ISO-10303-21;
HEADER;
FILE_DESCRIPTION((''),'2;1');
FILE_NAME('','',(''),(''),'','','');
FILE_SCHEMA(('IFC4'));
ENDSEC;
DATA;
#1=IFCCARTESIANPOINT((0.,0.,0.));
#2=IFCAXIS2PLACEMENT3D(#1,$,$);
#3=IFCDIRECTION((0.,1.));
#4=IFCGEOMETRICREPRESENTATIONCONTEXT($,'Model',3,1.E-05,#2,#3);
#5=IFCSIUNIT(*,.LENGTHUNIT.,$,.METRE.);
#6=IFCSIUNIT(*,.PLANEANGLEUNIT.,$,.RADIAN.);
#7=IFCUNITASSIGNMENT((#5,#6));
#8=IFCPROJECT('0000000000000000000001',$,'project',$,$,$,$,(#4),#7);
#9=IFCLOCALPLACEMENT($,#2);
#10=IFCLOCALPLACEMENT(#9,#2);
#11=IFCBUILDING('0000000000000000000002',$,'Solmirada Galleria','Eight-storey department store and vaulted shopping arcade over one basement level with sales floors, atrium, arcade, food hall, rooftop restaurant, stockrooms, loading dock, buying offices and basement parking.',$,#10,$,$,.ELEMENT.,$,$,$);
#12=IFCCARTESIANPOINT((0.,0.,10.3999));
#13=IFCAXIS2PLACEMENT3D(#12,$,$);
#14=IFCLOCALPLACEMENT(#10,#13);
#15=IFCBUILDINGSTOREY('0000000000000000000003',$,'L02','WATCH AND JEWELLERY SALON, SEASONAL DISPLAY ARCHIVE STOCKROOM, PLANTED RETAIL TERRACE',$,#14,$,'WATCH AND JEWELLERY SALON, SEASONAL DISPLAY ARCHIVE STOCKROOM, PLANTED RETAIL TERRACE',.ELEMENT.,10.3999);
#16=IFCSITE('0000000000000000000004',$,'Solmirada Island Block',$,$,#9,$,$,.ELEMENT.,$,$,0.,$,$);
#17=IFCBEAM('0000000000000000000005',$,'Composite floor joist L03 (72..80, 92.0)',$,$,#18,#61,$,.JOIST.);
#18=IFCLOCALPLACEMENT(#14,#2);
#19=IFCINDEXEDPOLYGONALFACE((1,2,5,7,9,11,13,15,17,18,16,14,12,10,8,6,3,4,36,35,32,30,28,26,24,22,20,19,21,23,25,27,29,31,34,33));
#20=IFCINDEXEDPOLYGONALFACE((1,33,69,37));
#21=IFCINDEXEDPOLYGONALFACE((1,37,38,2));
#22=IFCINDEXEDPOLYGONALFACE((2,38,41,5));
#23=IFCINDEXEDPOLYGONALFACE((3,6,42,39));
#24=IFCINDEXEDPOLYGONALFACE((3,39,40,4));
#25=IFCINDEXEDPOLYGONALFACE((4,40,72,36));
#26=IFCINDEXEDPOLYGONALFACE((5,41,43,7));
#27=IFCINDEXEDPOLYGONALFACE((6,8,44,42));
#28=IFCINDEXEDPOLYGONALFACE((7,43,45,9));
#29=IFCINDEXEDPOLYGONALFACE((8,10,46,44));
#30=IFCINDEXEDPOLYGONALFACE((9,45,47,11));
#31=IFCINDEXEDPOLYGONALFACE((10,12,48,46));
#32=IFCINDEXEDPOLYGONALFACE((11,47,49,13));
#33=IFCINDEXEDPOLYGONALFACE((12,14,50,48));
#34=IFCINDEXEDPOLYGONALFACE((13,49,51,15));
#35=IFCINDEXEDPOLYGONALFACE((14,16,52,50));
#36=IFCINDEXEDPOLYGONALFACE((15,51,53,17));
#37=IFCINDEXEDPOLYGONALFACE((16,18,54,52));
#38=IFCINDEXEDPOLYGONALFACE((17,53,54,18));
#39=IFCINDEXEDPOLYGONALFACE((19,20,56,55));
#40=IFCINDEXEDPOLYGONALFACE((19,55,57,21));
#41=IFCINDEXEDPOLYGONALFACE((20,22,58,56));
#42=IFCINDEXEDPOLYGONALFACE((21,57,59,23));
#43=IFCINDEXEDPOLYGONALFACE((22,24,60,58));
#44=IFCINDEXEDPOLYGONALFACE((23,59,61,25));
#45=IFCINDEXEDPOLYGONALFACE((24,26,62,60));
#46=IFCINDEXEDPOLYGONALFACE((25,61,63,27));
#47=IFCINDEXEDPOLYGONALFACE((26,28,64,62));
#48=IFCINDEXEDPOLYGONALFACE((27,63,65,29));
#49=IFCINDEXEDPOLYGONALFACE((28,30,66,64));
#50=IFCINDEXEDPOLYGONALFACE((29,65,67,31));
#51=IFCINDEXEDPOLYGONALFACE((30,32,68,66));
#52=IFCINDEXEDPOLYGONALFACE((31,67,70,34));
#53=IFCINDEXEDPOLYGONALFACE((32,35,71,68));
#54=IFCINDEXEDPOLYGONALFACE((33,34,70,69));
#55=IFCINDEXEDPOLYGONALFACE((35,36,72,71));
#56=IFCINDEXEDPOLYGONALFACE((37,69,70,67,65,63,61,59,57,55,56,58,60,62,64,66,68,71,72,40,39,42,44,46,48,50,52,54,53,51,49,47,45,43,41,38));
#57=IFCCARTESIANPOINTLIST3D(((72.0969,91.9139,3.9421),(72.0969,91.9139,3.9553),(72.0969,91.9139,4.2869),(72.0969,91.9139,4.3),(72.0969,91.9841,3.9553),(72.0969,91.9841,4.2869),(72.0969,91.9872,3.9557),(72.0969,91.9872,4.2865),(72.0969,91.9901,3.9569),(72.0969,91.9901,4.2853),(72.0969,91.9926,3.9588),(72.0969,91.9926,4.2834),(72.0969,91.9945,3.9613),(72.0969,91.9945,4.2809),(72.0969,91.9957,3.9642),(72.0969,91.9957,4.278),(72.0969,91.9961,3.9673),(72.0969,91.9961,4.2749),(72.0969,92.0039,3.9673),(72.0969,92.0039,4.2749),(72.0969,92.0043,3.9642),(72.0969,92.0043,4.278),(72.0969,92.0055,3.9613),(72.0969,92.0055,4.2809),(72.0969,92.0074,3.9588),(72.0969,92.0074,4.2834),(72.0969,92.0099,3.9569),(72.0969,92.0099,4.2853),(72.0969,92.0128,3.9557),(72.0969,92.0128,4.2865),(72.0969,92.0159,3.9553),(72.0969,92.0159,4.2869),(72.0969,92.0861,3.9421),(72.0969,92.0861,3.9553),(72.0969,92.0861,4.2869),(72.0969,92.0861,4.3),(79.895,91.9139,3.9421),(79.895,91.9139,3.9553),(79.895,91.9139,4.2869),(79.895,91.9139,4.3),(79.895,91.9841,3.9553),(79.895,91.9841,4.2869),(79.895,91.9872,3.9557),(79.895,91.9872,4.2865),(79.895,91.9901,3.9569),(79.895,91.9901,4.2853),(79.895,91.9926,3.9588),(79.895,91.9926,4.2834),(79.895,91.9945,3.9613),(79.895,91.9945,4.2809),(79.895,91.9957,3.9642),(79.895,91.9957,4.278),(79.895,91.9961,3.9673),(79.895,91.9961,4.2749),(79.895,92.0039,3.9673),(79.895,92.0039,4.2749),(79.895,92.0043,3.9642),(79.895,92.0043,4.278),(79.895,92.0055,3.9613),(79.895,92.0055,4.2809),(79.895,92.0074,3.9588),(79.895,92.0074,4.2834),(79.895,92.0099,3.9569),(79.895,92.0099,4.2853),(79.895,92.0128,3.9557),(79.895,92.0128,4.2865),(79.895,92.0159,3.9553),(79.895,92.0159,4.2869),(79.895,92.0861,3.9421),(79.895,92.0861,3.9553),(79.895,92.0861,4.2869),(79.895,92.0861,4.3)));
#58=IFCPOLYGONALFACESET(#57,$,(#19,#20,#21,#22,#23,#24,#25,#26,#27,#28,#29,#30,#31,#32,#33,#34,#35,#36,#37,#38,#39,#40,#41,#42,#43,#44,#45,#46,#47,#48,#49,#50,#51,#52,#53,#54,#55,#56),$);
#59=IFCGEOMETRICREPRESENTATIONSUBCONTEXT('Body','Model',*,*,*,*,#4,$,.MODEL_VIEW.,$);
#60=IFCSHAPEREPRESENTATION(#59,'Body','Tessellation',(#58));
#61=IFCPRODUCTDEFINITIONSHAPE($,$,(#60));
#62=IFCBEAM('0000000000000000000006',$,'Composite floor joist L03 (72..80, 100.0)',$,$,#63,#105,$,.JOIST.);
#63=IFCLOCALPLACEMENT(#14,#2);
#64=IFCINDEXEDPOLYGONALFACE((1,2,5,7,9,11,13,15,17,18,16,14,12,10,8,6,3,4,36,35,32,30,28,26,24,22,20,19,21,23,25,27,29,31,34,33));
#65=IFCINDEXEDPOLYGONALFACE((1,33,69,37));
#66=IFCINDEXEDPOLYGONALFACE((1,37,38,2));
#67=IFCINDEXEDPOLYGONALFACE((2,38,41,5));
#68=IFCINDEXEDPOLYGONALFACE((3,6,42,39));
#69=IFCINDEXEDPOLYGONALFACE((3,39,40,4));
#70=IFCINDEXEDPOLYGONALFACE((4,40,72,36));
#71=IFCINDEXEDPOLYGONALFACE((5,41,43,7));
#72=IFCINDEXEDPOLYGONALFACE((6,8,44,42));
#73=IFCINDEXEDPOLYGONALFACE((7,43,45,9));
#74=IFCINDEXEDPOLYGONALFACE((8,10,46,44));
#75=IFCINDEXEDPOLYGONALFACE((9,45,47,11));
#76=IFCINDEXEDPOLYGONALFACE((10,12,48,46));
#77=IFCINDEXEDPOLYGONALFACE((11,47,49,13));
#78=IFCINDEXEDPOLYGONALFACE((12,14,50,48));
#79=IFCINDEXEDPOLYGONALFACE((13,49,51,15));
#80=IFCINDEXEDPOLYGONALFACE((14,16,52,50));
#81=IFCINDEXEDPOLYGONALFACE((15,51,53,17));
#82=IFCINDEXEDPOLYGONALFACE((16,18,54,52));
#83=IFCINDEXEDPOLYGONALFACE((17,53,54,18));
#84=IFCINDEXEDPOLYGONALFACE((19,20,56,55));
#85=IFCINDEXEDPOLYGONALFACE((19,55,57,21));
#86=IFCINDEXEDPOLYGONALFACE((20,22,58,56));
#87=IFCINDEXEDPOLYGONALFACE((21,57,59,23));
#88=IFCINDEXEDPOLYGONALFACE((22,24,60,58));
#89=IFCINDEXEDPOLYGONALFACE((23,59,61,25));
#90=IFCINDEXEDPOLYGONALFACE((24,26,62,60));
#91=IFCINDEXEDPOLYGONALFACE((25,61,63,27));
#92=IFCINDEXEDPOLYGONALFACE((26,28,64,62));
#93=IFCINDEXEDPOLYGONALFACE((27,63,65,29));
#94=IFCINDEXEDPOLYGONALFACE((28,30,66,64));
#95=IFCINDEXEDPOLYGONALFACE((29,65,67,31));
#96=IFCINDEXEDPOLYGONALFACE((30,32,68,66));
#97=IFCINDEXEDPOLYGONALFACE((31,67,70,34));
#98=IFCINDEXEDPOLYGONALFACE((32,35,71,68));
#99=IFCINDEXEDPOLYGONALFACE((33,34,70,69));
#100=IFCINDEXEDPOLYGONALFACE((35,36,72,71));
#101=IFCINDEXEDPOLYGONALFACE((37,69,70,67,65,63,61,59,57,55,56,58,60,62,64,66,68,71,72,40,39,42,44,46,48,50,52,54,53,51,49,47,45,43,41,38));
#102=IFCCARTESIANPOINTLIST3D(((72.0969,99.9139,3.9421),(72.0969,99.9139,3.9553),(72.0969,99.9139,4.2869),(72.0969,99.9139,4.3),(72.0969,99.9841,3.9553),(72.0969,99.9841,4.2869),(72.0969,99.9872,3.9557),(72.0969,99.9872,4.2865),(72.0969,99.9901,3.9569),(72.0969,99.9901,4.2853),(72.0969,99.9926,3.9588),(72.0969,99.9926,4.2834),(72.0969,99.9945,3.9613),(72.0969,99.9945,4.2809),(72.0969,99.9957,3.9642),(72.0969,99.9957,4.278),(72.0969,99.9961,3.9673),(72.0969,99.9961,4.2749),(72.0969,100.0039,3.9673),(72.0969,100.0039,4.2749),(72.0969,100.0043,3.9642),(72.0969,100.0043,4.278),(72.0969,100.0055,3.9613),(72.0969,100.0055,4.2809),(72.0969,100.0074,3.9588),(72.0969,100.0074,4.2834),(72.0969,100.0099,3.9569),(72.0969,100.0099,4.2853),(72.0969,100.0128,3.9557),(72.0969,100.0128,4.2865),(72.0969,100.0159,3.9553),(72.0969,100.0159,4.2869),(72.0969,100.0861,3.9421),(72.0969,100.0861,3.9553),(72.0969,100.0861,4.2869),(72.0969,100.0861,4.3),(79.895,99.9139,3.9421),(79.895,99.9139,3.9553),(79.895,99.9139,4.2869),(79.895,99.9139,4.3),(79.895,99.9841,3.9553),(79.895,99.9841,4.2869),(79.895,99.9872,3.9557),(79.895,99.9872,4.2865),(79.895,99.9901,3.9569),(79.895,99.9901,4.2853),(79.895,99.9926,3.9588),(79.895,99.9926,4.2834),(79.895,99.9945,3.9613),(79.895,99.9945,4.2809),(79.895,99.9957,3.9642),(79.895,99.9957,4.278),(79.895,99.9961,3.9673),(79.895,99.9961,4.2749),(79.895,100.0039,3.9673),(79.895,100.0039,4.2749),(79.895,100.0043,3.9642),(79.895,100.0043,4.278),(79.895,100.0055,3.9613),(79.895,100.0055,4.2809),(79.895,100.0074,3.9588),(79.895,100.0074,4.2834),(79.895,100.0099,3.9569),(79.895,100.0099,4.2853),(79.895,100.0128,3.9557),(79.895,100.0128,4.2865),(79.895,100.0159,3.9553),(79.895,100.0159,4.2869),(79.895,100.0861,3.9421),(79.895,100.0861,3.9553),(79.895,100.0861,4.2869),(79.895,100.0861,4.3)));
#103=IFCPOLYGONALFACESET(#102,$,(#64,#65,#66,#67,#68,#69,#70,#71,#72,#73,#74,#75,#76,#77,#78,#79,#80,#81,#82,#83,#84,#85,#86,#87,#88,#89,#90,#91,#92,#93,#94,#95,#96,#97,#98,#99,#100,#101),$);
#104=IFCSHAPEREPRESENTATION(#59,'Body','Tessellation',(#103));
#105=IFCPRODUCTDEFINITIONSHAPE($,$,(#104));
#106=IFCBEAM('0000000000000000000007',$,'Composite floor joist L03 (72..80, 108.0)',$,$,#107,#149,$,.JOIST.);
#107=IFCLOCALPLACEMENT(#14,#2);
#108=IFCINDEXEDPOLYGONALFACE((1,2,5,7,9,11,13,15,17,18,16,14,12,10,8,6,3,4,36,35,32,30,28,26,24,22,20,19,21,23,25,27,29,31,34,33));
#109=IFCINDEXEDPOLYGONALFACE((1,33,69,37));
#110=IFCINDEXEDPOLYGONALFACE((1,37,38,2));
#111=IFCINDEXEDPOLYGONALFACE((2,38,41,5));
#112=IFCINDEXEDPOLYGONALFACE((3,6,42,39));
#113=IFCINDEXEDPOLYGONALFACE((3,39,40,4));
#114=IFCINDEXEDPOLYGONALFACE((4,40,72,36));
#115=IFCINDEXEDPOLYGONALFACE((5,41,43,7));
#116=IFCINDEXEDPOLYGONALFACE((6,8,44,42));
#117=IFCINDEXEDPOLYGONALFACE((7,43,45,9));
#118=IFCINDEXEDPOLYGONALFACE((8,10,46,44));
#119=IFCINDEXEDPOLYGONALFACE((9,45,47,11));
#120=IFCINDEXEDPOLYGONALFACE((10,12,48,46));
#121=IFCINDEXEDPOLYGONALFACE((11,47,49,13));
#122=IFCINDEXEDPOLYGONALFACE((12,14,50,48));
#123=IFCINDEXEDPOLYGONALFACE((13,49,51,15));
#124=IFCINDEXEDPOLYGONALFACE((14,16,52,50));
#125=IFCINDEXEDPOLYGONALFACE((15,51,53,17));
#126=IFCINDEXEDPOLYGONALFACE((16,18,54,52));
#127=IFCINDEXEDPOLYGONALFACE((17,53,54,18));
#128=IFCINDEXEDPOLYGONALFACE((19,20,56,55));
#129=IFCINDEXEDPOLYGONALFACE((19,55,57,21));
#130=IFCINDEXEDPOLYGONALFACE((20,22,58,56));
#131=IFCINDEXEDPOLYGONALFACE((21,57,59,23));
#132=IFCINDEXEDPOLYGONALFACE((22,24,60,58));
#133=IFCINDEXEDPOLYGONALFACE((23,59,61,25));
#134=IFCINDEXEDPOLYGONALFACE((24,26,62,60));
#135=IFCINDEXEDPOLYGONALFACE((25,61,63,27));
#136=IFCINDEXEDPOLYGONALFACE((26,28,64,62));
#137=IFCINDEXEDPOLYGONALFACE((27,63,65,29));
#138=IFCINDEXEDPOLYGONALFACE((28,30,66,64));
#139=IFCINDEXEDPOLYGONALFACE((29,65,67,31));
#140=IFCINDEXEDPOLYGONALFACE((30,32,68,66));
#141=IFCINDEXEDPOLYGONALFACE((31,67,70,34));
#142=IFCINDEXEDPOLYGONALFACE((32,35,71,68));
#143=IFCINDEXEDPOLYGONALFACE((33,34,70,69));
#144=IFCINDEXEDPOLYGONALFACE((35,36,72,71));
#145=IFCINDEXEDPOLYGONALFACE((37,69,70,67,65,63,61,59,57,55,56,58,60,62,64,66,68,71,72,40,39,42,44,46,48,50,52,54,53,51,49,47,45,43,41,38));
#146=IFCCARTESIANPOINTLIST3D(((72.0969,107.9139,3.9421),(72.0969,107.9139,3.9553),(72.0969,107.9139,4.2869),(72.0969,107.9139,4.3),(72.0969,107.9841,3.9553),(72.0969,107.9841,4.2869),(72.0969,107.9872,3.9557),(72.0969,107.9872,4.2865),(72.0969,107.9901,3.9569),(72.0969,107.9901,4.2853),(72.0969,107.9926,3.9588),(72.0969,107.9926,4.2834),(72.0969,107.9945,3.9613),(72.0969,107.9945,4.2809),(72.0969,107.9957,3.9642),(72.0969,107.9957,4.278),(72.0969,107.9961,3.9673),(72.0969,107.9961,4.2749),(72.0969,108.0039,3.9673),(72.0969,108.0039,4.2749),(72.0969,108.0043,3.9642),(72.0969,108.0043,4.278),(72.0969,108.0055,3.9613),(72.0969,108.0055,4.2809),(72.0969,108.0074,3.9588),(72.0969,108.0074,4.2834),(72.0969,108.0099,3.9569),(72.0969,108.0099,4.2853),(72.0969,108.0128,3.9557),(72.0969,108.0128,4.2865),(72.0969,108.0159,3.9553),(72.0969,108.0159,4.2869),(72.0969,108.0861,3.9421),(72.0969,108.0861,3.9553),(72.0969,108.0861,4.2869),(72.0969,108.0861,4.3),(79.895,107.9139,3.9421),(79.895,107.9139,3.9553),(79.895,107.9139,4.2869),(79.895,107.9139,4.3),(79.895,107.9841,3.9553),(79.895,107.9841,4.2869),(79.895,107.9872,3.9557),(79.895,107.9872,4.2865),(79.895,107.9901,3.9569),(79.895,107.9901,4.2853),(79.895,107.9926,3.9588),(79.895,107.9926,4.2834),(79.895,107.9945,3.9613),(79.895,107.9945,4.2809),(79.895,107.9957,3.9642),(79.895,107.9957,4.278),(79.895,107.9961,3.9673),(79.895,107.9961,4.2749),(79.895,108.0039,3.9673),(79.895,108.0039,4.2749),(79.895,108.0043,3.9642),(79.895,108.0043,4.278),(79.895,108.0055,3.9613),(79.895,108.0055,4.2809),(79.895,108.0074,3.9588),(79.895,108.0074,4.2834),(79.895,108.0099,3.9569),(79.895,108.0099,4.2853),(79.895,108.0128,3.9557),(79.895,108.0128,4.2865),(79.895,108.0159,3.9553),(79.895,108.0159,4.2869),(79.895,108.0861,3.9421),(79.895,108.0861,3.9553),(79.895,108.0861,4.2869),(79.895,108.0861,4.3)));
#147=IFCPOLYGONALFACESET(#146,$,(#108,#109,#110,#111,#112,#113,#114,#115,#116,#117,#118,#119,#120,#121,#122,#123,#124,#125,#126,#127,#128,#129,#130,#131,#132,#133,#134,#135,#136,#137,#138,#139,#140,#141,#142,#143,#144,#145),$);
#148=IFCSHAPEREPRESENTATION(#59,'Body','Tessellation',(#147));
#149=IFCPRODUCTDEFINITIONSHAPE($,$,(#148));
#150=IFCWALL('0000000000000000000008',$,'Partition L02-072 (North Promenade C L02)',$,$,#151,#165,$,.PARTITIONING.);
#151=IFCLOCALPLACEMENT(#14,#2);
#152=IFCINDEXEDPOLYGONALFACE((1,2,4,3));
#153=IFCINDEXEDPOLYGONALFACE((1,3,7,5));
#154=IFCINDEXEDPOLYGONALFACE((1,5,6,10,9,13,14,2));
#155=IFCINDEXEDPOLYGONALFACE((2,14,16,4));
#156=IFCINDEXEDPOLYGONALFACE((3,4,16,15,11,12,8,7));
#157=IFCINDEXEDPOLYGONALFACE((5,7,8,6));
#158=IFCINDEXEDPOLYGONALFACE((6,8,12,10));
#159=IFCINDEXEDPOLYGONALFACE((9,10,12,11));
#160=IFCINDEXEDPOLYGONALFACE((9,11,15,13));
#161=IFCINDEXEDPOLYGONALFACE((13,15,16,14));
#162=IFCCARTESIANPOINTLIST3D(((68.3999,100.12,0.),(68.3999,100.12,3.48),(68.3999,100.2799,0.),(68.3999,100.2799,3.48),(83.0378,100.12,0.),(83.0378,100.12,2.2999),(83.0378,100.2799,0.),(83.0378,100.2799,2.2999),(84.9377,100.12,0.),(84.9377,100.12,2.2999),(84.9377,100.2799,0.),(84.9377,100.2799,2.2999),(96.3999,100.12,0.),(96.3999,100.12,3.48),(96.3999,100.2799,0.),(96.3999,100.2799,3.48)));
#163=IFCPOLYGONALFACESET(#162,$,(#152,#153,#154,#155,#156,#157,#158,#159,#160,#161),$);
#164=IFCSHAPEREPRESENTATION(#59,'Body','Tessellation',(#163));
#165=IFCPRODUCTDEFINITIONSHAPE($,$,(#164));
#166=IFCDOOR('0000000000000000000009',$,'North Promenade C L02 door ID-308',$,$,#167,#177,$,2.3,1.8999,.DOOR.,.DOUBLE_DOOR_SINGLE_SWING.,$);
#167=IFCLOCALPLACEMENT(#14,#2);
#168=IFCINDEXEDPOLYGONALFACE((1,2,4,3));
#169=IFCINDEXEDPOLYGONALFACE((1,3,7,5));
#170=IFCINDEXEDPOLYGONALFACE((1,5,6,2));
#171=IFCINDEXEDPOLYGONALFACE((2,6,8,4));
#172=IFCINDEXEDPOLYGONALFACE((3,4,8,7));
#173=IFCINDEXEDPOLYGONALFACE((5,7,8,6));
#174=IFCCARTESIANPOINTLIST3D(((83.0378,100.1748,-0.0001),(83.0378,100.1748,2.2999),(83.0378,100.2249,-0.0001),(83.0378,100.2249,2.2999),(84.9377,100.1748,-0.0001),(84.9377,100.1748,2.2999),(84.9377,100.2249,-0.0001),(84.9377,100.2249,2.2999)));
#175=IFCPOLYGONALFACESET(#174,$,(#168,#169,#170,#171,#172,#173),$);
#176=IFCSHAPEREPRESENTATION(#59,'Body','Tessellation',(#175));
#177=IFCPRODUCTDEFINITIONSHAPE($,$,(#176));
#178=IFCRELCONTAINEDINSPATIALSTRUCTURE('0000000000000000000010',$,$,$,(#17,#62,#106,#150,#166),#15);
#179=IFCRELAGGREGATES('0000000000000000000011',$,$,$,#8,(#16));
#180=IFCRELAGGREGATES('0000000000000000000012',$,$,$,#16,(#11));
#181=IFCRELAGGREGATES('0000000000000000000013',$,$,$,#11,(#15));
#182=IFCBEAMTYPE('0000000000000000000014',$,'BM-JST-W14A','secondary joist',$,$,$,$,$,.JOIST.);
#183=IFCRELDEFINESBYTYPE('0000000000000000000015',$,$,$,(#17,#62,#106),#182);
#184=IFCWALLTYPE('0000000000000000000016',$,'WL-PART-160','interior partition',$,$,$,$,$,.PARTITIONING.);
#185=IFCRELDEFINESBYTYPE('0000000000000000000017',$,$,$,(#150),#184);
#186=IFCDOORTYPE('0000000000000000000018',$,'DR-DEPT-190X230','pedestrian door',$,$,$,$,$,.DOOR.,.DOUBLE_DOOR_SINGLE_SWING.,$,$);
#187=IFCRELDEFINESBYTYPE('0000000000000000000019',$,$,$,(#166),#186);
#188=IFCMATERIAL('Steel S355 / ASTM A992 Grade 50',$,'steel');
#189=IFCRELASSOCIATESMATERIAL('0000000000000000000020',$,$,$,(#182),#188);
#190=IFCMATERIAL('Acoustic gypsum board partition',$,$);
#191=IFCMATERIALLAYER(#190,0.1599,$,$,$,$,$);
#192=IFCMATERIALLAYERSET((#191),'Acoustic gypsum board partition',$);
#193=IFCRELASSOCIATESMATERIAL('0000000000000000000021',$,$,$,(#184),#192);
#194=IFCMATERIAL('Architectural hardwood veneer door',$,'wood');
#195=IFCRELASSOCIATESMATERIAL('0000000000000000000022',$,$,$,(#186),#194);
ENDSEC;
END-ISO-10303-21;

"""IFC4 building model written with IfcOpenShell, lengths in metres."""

from ifc_helpers import new_model, si_unit, direction, frame, frame_2d, origin, origin_2d, place, context, subcontext, project, spatial, rectangle, i_section, extrude, material, layer, layer_set, material_profile, profile_set, type_object, element, fill, save


model = new_model("IFC4")

# Units and contexts
model_context = context("Model", 3, precision=1e-05, world=origin(), true_north=direction((0.0, 1.0)))
body_context = subcontext(model_context, "Body", "Model", "MODEL_VIEW")
ifc_project = project(units=[si_unit("LENGTHUNIT", "METRE"), si_unit("PLANEANGLEUNIT", "RADIAN")], contexts=[model_context])

# Site, building, storey
site_placement = place(None, origin())
site = spatial("IfcSite", under=ifc_project, at=site_placement, Name="Solmirada Island Block", CompositionType="ELEMENT", RefElevation=0.0)
building_placement = place(site_placement, origin())
building = spatial("IfcBuilding", under=site, at=building_placement, Name="Solmirada Galleria", Description="Eight-storey department store and vaulted shopping arcade over one basement level with sales floors, atrium, arcade, food hall, rooftop restaurant, stockrooms, loading dock, buying offices and basement parking.", CompositionType="ELEMENT")
storey_placement = place(building_placement, frame((0.0, 0.0, 10.3999)))
storey = spatial("IfcBuildingStorey", under=building, at=storey_placement, Name="L02", Description="WATCH AND JEWELLERY SALON, SEASONAL DISPLAY ARCHIVE STOCKROOM, PLANTED RETAIL TERRACE", LongName="WATCH AND JEWELLERY SALON, SEASONAL DISPLAY ARCHIVE STOCKROOM, PLANTED RETAIL TERRACE", CompositionType="ELEMENT", Elevation=10.3999)

# Beams
ifc_material_1 = material(Name="Steel S355 / ASTM A992 Grade 50", Category="steel")
ifc_material_profile_1 = material_profile(ifc_material_1, i_section(OverallWidth=0.1721, OverallDepth=0.3579, WebThickness=0.0078, FlangeThickness=0.0132, FilletRadius=0.012, at=origin_2d()), Name="W14X38")
ifc_profile_set_1 = profile_set([ifc_material_profile_1], Name="Steel S355 / ASTM A992 Grade 50")
beam_type_1 = type_object("IfcBeamType", Name="BM-JST-W14A", Description="secondary joist", PredefinedType="JOIST", material=ifc_profile_set_1)
for number, where, z_axis, x_axis, name in (
    (1, (72.0969, 92.0, 4.1211), (1.0, 0.0, 0.0), (0.0, 1.0, 0.0), "Composite floor joist L03 (72..80, 92.0)"),
    (2, (72.0969, 100.0, 4.1211), (1.0, 0.0, 0.0), (0.0, 1.0, 0.0), "Composite floor joist L03 (72..80, 100.0)"),
    (3, (72.0969, 108.0, 4.1211), (1.0, 0.0, 0.0), (0.0, 1.0, 0.0), "Composite floor joist L03 (72..80, 108.0)"),
):
    element("IfcBeam", number, at=place(storey_placement, frame(where, z_axis=z_axis, x_axis=x_axis)), inside=storey, type_object=beam_type_1, Name=name, PredefinedType="JOIST", context=body_context, shape_type="SweptSolid", body=[
        extrude(i_section(OverallWidth=0.1721, OverallDepth=0.3579, WebThickness=0.0078, FlangeThickness=0.0132, FilletRadius=0.012, at=origin_2d()), origin(), (0.0, 0.0, 1.0), 7.7981),
    ])

# Wall, opening, door
ifc_material_2 = material(Name="Acoustic gypsum board partition")
ifc_layer = layer(ifc_material_2, 0.1599)
ifc_layer_set = layer_set([ifc_layer], Name="Acoustic gypsum board partition")
wall_type = type_object("IfcWallType", Name="WL-PART-160", Description="interior partition", PredefinedType="PARTITIONING", material=ifc_layer_set)
wall_placement = place(storey_placement, frame((68.3999, 100.2, 0.0), z_axis=(0.0, 0.0, 1.0), x_axis=(1.0, 0.0, 0.0)))
wall = element("IfcWall", 4, at=wall_placement, inside=storey, type_object=wall_type, Name="Partition L02-072 (North Promenade C L02)", PredefinedType="PARTITIONING", context=body_context, shape_type="SweptSolid", body=[
    extrude(rectangle(XDim=28.0, YDim=0.1599, at=frame_2d((14.0, 0.0))), origin(), (0.0, 0.0, 1.0), 3.48),
])
opening_placement = place(wall_placement, frame((14.6379, 0.0, 0.0)))
opening = element("IfcOpeningElement", 5, at=opening_placement, cuts=wall, PredefinedType="OPENING", context=body_context, shape_type="SweptSolid", body=[
    extrude(rectangle(XDim=1.8999, YDim=2.3, at=frame_2d((0.95, 1.1499))), frame((0.0, 0.0898, 0.0), z_axis=(0.0, -1.0, 0.0), x_axis=(1.0, 0.0, 0.0)), (0.0, 0.0, 1.0), 0.1799),
])
ifc_material_3 = material(Name="Architectural hardwood veneer door", Category="wood")
door_type = type_object("IfcDoorType", Name="DR-DEPT-190X230", Description="pedestrian door", OperationType="DOUBLE_DOOR_SINGLE_SWING", PredefinedType="DOOR", material=ifc_material_3)
door_placement = place(opening_placement, origin())
door = element("IfcDoor", 6, at=door_placement, inside=storey, type_object=door_type, Name="North Promenade C L02 door ID-308", OperationType="DOUBLE_DOOR_SINGLE_SWING", OverallHeight=2.3, OverallWidth=1.8999, PredefinedType="DOOR", context=body_context, shape_type="SweptSolid", body=[
    extrude(rectangle(XDim=1.8999, YDim=2.3, at=frame_2d((0.95, 1.1499))), frame((0.0, 0.0249, 0.0), z_axis=(0.0, -1.0, 0.0), x_axis=(1.0, 0.0, 0.0)), (0.0, 0.0, 1.0), 0.05),
])
fill(opening, door)

save(model, "model.ifc")
